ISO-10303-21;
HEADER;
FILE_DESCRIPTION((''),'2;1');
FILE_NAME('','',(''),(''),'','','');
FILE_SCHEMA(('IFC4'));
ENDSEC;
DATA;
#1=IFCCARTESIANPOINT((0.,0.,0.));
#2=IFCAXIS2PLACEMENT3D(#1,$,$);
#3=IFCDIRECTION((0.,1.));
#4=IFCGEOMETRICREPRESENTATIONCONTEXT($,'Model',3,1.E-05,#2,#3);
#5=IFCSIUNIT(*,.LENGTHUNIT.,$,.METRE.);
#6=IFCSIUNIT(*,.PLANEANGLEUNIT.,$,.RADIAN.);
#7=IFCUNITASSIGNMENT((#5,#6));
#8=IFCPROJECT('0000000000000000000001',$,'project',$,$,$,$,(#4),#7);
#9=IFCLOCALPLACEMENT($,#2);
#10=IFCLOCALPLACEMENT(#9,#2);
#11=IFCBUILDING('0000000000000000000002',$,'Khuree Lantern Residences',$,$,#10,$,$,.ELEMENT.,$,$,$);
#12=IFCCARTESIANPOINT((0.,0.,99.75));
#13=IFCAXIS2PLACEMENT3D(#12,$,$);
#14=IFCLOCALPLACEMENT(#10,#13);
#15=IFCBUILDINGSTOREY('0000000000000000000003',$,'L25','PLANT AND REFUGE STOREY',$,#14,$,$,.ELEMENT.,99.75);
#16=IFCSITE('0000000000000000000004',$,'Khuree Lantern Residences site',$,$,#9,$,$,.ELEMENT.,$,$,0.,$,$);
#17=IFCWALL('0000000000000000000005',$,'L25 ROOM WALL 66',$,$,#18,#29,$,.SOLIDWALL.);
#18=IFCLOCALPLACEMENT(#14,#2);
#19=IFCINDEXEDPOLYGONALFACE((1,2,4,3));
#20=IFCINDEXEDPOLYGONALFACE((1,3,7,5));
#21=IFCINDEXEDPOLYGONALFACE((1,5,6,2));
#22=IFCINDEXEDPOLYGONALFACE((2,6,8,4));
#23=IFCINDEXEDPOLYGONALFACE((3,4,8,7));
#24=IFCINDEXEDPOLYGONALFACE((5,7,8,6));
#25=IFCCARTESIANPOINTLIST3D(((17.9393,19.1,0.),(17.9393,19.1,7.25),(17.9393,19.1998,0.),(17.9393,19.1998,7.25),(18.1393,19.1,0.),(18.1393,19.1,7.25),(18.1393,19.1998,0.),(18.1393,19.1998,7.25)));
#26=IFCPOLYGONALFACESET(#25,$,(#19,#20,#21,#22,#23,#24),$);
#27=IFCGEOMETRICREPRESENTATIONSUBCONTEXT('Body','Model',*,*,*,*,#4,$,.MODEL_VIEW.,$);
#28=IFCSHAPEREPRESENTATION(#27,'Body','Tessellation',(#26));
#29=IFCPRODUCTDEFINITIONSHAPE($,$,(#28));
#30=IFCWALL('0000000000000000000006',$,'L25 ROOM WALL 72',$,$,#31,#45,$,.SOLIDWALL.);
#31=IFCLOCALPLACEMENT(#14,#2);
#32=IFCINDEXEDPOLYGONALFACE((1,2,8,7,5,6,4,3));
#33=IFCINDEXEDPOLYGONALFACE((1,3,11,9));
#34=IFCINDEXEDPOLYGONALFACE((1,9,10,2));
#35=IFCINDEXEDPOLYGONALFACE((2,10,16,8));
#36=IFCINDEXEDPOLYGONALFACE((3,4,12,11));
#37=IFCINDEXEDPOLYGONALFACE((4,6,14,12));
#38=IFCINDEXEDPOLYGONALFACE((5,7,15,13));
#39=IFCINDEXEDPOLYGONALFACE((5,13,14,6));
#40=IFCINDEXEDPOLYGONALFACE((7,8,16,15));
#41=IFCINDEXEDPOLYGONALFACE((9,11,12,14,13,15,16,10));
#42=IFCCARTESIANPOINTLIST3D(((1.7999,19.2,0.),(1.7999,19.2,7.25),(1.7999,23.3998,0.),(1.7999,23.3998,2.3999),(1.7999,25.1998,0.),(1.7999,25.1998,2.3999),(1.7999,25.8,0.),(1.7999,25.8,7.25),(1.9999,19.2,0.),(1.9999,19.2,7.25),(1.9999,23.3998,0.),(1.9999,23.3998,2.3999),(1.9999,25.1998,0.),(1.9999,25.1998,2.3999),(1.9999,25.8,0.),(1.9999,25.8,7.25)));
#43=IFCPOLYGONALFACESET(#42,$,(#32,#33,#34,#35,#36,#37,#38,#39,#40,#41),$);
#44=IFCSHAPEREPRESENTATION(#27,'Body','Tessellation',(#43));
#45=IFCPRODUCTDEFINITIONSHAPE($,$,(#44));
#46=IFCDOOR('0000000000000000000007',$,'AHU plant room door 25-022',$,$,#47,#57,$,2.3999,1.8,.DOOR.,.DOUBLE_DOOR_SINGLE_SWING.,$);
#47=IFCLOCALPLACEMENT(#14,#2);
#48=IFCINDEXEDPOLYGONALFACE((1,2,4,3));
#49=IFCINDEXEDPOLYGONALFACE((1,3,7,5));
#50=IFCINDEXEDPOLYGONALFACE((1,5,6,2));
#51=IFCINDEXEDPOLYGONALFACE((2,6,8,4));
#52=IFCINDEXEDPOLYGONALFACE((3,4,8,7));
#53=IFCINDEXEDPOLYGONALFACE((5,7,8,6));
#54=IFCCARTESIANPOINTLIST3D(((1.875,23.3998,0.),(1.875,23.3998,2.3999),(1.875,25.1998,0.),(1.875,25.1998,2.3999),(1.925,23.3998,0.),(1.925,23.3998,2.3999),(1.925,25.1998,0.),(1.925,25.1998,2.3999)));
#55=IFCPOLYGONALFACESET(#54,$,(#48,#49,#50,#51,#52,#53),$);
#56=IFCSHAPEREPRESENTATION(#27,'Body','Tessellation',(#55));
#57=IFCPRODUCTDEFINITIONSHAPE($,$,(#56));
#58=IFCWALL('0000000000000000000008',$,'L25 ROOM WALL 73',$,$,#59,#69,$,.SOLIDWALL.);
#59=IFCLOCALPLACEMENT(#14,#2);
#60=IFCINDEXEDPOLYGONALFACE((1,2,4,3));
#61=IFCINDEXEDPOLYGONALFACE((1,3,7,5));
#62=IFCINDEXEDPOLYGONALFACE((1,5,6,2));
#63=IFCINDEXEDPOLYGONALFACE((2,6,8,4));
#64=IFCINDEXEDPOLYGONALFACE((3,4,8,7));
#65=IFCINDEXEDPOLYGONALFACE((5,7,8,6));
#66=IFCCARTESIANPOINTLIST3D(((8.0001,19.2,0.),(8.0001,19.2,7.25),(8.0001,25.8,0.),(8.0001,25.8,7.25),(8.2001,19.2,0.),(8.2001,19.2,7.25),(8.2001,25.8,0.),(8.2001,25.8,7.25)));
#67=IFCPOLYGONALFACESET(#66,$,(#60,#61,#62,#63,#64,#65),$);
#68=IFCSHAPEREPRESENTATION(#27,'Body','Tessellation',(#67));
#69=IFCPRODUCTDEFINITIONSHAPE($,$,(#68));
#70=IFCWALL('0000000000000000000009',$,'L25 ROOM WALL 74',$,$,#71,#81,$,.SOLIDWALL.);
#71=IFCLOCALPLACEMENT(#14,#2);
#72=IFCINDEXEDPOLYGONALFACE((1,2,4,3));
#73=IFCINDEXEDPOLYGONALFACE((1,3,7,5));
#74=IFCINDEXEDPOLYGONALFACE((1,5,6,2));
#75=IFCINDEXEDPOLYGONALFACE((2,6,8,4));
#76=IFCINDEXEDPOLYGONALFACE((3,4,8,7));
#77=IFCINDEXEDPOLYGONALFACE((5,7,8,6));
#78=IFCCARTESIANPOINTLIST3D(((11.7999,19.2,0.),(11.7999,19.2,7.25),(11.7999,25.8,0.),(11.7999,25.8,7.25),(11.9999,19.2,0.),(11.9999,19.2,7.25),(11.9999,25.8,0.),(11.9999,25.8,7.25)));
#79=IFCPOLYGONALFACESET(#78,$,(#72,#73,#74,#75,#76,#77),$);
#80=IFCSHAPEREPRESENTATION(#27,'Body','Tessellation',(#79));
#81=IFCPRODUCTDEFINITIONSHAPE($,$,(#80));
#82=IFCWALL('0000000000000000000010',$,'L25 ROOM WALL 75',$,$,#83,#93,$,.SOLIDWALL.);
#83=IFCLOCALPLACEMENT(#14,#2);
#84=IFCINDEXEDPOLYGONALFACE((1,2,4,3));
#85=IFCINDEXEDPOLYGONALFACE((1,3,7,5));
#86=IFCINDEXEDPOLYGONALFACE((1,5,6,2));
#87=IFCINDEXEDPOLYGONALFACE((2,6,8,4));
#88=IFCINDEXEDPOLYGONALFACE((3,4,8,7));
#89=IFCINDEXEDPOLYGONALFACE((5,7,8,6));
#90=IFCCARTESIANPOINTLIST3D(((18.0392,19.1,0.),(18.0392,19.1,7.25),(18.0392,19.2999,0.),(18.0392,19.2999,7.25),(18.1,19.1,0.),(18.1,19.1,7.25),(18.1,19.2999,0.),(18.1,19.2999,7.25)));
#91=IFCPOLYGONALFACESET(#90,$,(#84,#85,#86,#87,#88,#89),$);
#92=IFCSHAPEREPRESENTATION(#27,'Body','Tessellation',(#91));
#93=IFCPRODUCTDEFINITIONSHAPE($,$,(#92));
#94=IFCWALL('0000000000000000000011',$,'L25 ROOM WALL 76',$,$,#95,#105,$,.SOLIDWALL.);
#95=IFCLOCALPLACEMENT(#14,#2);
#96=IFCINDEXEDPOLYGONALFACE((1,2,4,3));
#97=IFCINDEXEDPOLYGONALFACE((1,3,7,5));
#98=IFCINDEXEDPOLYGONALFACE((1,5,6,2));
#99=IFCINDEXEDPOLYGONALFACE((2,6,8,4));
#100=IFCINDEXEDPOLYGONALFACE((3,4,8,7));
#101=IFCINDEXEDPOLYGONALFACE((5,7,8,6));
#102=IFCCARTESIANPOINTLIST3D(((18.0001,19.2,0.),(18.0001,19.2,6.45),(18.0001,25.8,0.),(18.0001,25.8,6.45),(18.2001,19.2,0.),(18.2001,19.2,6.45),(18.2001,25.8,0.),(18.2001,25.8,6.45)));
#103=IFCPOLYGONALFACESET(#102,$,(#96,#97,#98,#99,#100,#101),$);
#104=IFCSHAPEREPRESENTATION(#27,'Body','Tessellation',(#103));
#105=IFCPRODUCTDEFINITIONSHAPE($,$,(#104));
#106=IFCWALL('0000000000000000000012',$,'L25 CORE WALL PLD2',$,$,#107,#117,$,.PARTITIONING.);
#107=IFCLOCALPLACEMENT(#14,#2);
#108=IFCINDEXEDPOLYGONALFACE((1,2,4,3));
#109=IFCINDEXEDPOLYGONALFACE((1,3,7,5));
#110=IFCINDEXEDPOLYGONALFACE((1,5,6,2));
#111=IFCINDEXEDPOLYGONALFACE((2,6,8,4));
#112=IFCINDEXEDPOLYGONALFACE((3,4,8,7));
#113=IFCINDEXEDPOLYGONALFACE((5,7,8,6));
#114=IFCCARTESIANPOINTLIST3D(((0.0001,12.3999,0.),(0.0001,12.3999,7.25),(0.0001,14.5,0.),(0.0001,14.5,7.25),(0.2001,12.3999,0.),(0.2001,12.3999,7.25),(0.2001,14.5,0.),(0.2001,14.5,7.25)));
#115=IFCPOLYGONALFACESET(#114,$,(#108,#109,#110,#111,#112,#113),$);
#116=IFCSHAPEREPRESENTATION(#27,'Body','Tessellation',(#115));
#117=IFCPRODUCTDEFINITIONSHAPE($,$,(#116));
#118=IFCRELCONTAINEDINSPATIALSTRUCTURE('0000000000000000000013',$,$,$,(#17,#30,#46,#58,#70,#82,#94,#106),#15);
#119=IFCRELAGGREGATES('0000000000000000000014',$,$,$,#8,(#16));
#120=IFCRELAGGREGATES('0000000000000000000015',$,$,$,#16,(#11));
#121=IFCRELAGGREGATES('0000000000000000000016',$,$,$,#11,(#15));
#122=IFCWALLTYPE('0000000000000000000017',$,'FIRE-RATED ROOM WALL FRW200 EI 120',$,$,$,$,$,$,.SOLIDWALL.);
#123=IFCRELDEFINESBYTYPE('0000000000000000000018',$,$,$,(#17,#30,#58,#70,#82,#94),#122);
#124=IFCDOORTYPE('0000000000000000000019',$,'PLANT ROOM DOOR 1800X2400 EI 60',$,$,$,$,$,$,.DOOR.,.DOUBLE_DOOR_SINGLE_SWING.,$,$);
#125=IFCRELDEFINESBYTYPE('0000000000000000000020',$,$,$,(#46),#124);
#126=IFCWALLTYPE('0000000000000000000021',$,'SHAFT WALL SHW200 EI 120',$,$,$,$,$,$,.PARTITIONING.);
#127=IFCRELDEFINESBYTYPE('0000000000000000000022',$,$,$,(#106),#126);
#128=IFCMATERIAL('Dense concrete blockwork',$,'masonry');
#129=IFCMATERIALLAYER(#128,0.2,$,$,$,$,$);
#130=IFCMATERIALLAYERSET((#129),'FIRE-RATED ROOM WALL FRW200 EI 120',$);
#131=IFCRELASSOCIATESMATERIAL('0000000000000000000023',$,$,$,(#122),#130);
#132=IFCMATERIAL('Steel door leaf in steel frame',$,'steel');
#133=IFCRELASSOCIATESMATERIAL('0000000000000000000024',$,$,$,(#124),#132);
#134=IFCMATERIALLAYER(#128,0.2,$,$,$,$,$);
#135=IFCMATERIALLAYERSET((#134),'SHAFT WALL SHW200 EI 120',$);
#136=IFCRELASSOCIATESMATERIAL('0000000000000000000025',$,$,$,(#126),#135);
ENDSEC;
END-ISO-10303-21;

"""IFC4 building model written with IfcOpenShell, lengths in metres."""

from ifc_helpers import new_model, si_unit, direction, frame, frame_2d, origin, place, context, subcontext, project, spatial, rectangle, extrude, material, layer, layer_set, type_object, element, fill, save


model = new_model("IFC4")

# Units and contexts
model_context = context("Model", 3, precision=1e-05, world=origin(), true_north=direction((0.0, 1.0)))
body_context = subcontext(model_context, "Body", "Model", "MODEL_VIEW")
ifc_project = project(units=[si_unit("LENGTHUNIT", "METRE"), si_unit("PLANEANGLEUNIT", "RADIAN")], contexts=[model_context])

# Site, building, storey
site_placement = place(None, origin())
site = spatial("IfcSite", under=ifc_project, at=site_placement, Name="Khuree Lantern Residences site", CompositionType="ELEMENT", RefElevation=0.0)
building_placement = place(site_placement, origin())
building = spatial("IfcBuilding", under=site, at=building_placement, Name="Khuree Lantern Residences", CompositionType="ELEMENT")
storey_placement = place(building_placement, frame((0.0, 0.0, 99.75)))
storey = spatial("IfcBuildingStorey", under=building, at=storey_placement, Name="L25", Description="PLANT AND REFUGE STOREY", CompositionType="ELEMENT", Elevation=99.75)

# Shared definitions
ifc_material_1 = material(Name="Dense concrete blockwork", Category="masonry")
ifc_layer_1 = layer(ifc_material_1, 0.2)
ifc_layer_set_1 = layer_set([ifc_layer_1], Name="FIRE-RATED ROOM WALL FRW200 EI 120")
wall_type_1 = type_object("IfcWallType", Name="FIRE-RATED ROOM WALL FRW200 EI 120", PredefinedType="SOLIDWALL", material=ifc_layer_set_1)

# Shared definitions
ifc_material_2 = material(Name="Steel door leaf in steel frame", Category="steel")
door_type = type_object("IfcDoorType", Name="PLANT ROOM DOOR 1800X2400 EI 60", OperationType="DOUBLE_DOOR_SINGLE_SWING", PredefinedType="DOOR", material=ifc_material_2)

# Wall
wall_1_placement = place(storey_placement, frame((18.0393, 19.1001, 0.0), z_axis=(0.0, 0.0, 1.0), x_axis=(0.0, 1.0, 0.0)))
element("IfcWall", 1, at=wall_1_placement, inside=storey, type_object=wall_type_1, Name="L25 ROOM WALL 66", PredefinedType="SOLIDWALL", context=body_context, shape_type="SweptSolid", body=[
    extrude(rectangle(XDim=0.0999, YDim=0.2, at=frame_2d((0.0498, 0.0))), origin(), (0.0, 0.0, 1.0), 7.25),
])

# Wall, opening, door
wall_2_placement = place(storey_placement, frame((1.8999, 19.2, 0.0), z_axis=(0.0, 0.0, 1.0), x_axis=(0.0, 1.0, 0.0)))
wall_2 = element("IfcWall", 2, at=wall_2_placement, inside=storey, type_object=wall_type_1, Name="L25 ROOM WALL 72", PredefinedType="SOLIDWALL", context=body_context, shape_type="SweptSolid", body=[
    extrude(rectangle(XDim=6.6001, YDim=0.2, at=frame_2d((3.3, 0.0))), origin(), (0.0, 0.0, 1.0), 7.25),
])
opening_1_placement = place(wall_2_placement, frame((4.2, 0.0, 0.0)))
opening_1 = element("IfcOpeningElement", 3, at=opening_1_placement, cuts=wall_2, PredefinedType="OPENING", context=body_context, shape_type="SweptSolid", body=[
    extrude(rectangle(XDim=1.8, YDim=2.3999, at=frame_2d((0.8999, 1.2))), frame((0.0, 0.1099, 0.0), z_axis=(0.0, -1.0, 0.0), x_axis=(1.0, 0.0, 0.0)), (0.0, 0.0, 1.0), 0.22),
])
door_1_placement = place(opening_1_placement, origin())
door_1 = element("IfcDoor", 4, at=door_1_placement, inside=storey, type_object=door_type, Name="AHU plant room door 25-022", OperationType="DOUBLE_DOOR_SINGLE_SWING", OverallHeight=2.3999, OverallWidth=1.8, PredefinedType="DOOR", context=body_context, shape_type="SweptSolid", body=[
    extrude(rectangle(XDim=1.8, YDim=2.3999, at=frame_2d((0.8999, 1.2))), frame((0.0, 0.0249, 0.0), z_axis=(0.0, -1.0, 0.0), x_axis=(1.0, 0.0, 0.0)), (0.0, 0.0, 1.0), 0.05),
])
fill(opening_1, door_1)

# Walls
for number, where, z_axis, x_axis, name in (
    (5, (8.1001, 19.2, 0.0), (0.0, 0.0, 1.0), (0.0, 1.0, 0.0), "L25 ROOM WALL 73"),
    (6, (11.8999, 19.2, 0.0), (0.0, 0.0, 1.0), (0.0, 1.0, 0.0), "L25 ROOM WALL 74"),
):
    element("IfcWall", number, at=place(storey_placement, frame(where, z_axis=z_axis, x_axis=x_axis)), inside=storey, type_object=wall_type_1, Name=name, PredefinedType="SOLIDWALL", context=body_context, shape_type="SweptSolid", body=[
        extrude(rectangle(XDim=6.6001, YDim=0.2, at=frame_2d((3.3, 0.0))), origin(), (0.0, 0.0, 1.0), 7.25),
    ])
wall_3_placement = place(storey_placement, frame((18.0393, 19.2, 0.0), z_axis=(0.0, 0.0, 1.0), x_axis=(1.0, 0.0, 0.0)))
element("IfcWall", 7, at=wall_3_placement, inside=storey, type_object=wall_type_1, Name="L25 ROOM WALL 75", PredefinedType="SOLIDWALL", context=body_context, shape_type="SweptSolid", body=[
    extrude(rectangle(XDim=0.0608, YDim=0.2, at=frame_2d((0.0303, 0.0))), origin(), (0.0, 0.0, 1.0), 7.25),
])
wall_4_placement = place(storey_placement, frame((18.1001, 19.2, 0.0), z_axis=(0.0, 0.0, 1.0), x_axis=(0.0, 1.0, 0.0)))
element("IfcWall", 8, at=wall_4_placement, inside=storey, type_object=wall_type_1, Name="L25 ROOM WALL 76", PredefinedType="SOLIDWALL", context=body_context, shape_type="SweptSolid", body=[
    extrude(rectangle(XDim=6.6001, YDim=0.2, at=frame_2d((3.3, 0.0))), origin(), (0.0, 0.0, 1.0), 6.45),
])
ifc_layer_2 = layer(ifc_material_1, 0.2)
ifc_layer_set_2 = layer_set([ifc_layer_2], Name="SHAFT WALL SHW200 EI 120")
wall_type_2 = type_object("IfcWallType", Name="SHAFT WALL SHW200 EI 120", PredefinedType="PARTITIONING", material=ifc_layer_set_2)
wall_5_placement = place(storey_placement, frame((0.1001, 12.3999, 0.0), z_axis=(0.0, 0.0, 1.0), x_axis=(0.0, 1.0, 0.0)))
element("IfcWall", 9, at=wall_5_placement, inside=storey, type_object=wall_type_2, Name="L25 CORE WALL PLD2", PredefinedType="PARTITIONING", context=body_context, shape_type="SweptSolid", body=[
    extrude(rectangle(XDim=2.1001, YDim=0.2, at=frame_2d((1.05, 0.0))), origin(), (0.0, 0.0, 1.0), 7.25),
])

save(model, "model.ifc")
